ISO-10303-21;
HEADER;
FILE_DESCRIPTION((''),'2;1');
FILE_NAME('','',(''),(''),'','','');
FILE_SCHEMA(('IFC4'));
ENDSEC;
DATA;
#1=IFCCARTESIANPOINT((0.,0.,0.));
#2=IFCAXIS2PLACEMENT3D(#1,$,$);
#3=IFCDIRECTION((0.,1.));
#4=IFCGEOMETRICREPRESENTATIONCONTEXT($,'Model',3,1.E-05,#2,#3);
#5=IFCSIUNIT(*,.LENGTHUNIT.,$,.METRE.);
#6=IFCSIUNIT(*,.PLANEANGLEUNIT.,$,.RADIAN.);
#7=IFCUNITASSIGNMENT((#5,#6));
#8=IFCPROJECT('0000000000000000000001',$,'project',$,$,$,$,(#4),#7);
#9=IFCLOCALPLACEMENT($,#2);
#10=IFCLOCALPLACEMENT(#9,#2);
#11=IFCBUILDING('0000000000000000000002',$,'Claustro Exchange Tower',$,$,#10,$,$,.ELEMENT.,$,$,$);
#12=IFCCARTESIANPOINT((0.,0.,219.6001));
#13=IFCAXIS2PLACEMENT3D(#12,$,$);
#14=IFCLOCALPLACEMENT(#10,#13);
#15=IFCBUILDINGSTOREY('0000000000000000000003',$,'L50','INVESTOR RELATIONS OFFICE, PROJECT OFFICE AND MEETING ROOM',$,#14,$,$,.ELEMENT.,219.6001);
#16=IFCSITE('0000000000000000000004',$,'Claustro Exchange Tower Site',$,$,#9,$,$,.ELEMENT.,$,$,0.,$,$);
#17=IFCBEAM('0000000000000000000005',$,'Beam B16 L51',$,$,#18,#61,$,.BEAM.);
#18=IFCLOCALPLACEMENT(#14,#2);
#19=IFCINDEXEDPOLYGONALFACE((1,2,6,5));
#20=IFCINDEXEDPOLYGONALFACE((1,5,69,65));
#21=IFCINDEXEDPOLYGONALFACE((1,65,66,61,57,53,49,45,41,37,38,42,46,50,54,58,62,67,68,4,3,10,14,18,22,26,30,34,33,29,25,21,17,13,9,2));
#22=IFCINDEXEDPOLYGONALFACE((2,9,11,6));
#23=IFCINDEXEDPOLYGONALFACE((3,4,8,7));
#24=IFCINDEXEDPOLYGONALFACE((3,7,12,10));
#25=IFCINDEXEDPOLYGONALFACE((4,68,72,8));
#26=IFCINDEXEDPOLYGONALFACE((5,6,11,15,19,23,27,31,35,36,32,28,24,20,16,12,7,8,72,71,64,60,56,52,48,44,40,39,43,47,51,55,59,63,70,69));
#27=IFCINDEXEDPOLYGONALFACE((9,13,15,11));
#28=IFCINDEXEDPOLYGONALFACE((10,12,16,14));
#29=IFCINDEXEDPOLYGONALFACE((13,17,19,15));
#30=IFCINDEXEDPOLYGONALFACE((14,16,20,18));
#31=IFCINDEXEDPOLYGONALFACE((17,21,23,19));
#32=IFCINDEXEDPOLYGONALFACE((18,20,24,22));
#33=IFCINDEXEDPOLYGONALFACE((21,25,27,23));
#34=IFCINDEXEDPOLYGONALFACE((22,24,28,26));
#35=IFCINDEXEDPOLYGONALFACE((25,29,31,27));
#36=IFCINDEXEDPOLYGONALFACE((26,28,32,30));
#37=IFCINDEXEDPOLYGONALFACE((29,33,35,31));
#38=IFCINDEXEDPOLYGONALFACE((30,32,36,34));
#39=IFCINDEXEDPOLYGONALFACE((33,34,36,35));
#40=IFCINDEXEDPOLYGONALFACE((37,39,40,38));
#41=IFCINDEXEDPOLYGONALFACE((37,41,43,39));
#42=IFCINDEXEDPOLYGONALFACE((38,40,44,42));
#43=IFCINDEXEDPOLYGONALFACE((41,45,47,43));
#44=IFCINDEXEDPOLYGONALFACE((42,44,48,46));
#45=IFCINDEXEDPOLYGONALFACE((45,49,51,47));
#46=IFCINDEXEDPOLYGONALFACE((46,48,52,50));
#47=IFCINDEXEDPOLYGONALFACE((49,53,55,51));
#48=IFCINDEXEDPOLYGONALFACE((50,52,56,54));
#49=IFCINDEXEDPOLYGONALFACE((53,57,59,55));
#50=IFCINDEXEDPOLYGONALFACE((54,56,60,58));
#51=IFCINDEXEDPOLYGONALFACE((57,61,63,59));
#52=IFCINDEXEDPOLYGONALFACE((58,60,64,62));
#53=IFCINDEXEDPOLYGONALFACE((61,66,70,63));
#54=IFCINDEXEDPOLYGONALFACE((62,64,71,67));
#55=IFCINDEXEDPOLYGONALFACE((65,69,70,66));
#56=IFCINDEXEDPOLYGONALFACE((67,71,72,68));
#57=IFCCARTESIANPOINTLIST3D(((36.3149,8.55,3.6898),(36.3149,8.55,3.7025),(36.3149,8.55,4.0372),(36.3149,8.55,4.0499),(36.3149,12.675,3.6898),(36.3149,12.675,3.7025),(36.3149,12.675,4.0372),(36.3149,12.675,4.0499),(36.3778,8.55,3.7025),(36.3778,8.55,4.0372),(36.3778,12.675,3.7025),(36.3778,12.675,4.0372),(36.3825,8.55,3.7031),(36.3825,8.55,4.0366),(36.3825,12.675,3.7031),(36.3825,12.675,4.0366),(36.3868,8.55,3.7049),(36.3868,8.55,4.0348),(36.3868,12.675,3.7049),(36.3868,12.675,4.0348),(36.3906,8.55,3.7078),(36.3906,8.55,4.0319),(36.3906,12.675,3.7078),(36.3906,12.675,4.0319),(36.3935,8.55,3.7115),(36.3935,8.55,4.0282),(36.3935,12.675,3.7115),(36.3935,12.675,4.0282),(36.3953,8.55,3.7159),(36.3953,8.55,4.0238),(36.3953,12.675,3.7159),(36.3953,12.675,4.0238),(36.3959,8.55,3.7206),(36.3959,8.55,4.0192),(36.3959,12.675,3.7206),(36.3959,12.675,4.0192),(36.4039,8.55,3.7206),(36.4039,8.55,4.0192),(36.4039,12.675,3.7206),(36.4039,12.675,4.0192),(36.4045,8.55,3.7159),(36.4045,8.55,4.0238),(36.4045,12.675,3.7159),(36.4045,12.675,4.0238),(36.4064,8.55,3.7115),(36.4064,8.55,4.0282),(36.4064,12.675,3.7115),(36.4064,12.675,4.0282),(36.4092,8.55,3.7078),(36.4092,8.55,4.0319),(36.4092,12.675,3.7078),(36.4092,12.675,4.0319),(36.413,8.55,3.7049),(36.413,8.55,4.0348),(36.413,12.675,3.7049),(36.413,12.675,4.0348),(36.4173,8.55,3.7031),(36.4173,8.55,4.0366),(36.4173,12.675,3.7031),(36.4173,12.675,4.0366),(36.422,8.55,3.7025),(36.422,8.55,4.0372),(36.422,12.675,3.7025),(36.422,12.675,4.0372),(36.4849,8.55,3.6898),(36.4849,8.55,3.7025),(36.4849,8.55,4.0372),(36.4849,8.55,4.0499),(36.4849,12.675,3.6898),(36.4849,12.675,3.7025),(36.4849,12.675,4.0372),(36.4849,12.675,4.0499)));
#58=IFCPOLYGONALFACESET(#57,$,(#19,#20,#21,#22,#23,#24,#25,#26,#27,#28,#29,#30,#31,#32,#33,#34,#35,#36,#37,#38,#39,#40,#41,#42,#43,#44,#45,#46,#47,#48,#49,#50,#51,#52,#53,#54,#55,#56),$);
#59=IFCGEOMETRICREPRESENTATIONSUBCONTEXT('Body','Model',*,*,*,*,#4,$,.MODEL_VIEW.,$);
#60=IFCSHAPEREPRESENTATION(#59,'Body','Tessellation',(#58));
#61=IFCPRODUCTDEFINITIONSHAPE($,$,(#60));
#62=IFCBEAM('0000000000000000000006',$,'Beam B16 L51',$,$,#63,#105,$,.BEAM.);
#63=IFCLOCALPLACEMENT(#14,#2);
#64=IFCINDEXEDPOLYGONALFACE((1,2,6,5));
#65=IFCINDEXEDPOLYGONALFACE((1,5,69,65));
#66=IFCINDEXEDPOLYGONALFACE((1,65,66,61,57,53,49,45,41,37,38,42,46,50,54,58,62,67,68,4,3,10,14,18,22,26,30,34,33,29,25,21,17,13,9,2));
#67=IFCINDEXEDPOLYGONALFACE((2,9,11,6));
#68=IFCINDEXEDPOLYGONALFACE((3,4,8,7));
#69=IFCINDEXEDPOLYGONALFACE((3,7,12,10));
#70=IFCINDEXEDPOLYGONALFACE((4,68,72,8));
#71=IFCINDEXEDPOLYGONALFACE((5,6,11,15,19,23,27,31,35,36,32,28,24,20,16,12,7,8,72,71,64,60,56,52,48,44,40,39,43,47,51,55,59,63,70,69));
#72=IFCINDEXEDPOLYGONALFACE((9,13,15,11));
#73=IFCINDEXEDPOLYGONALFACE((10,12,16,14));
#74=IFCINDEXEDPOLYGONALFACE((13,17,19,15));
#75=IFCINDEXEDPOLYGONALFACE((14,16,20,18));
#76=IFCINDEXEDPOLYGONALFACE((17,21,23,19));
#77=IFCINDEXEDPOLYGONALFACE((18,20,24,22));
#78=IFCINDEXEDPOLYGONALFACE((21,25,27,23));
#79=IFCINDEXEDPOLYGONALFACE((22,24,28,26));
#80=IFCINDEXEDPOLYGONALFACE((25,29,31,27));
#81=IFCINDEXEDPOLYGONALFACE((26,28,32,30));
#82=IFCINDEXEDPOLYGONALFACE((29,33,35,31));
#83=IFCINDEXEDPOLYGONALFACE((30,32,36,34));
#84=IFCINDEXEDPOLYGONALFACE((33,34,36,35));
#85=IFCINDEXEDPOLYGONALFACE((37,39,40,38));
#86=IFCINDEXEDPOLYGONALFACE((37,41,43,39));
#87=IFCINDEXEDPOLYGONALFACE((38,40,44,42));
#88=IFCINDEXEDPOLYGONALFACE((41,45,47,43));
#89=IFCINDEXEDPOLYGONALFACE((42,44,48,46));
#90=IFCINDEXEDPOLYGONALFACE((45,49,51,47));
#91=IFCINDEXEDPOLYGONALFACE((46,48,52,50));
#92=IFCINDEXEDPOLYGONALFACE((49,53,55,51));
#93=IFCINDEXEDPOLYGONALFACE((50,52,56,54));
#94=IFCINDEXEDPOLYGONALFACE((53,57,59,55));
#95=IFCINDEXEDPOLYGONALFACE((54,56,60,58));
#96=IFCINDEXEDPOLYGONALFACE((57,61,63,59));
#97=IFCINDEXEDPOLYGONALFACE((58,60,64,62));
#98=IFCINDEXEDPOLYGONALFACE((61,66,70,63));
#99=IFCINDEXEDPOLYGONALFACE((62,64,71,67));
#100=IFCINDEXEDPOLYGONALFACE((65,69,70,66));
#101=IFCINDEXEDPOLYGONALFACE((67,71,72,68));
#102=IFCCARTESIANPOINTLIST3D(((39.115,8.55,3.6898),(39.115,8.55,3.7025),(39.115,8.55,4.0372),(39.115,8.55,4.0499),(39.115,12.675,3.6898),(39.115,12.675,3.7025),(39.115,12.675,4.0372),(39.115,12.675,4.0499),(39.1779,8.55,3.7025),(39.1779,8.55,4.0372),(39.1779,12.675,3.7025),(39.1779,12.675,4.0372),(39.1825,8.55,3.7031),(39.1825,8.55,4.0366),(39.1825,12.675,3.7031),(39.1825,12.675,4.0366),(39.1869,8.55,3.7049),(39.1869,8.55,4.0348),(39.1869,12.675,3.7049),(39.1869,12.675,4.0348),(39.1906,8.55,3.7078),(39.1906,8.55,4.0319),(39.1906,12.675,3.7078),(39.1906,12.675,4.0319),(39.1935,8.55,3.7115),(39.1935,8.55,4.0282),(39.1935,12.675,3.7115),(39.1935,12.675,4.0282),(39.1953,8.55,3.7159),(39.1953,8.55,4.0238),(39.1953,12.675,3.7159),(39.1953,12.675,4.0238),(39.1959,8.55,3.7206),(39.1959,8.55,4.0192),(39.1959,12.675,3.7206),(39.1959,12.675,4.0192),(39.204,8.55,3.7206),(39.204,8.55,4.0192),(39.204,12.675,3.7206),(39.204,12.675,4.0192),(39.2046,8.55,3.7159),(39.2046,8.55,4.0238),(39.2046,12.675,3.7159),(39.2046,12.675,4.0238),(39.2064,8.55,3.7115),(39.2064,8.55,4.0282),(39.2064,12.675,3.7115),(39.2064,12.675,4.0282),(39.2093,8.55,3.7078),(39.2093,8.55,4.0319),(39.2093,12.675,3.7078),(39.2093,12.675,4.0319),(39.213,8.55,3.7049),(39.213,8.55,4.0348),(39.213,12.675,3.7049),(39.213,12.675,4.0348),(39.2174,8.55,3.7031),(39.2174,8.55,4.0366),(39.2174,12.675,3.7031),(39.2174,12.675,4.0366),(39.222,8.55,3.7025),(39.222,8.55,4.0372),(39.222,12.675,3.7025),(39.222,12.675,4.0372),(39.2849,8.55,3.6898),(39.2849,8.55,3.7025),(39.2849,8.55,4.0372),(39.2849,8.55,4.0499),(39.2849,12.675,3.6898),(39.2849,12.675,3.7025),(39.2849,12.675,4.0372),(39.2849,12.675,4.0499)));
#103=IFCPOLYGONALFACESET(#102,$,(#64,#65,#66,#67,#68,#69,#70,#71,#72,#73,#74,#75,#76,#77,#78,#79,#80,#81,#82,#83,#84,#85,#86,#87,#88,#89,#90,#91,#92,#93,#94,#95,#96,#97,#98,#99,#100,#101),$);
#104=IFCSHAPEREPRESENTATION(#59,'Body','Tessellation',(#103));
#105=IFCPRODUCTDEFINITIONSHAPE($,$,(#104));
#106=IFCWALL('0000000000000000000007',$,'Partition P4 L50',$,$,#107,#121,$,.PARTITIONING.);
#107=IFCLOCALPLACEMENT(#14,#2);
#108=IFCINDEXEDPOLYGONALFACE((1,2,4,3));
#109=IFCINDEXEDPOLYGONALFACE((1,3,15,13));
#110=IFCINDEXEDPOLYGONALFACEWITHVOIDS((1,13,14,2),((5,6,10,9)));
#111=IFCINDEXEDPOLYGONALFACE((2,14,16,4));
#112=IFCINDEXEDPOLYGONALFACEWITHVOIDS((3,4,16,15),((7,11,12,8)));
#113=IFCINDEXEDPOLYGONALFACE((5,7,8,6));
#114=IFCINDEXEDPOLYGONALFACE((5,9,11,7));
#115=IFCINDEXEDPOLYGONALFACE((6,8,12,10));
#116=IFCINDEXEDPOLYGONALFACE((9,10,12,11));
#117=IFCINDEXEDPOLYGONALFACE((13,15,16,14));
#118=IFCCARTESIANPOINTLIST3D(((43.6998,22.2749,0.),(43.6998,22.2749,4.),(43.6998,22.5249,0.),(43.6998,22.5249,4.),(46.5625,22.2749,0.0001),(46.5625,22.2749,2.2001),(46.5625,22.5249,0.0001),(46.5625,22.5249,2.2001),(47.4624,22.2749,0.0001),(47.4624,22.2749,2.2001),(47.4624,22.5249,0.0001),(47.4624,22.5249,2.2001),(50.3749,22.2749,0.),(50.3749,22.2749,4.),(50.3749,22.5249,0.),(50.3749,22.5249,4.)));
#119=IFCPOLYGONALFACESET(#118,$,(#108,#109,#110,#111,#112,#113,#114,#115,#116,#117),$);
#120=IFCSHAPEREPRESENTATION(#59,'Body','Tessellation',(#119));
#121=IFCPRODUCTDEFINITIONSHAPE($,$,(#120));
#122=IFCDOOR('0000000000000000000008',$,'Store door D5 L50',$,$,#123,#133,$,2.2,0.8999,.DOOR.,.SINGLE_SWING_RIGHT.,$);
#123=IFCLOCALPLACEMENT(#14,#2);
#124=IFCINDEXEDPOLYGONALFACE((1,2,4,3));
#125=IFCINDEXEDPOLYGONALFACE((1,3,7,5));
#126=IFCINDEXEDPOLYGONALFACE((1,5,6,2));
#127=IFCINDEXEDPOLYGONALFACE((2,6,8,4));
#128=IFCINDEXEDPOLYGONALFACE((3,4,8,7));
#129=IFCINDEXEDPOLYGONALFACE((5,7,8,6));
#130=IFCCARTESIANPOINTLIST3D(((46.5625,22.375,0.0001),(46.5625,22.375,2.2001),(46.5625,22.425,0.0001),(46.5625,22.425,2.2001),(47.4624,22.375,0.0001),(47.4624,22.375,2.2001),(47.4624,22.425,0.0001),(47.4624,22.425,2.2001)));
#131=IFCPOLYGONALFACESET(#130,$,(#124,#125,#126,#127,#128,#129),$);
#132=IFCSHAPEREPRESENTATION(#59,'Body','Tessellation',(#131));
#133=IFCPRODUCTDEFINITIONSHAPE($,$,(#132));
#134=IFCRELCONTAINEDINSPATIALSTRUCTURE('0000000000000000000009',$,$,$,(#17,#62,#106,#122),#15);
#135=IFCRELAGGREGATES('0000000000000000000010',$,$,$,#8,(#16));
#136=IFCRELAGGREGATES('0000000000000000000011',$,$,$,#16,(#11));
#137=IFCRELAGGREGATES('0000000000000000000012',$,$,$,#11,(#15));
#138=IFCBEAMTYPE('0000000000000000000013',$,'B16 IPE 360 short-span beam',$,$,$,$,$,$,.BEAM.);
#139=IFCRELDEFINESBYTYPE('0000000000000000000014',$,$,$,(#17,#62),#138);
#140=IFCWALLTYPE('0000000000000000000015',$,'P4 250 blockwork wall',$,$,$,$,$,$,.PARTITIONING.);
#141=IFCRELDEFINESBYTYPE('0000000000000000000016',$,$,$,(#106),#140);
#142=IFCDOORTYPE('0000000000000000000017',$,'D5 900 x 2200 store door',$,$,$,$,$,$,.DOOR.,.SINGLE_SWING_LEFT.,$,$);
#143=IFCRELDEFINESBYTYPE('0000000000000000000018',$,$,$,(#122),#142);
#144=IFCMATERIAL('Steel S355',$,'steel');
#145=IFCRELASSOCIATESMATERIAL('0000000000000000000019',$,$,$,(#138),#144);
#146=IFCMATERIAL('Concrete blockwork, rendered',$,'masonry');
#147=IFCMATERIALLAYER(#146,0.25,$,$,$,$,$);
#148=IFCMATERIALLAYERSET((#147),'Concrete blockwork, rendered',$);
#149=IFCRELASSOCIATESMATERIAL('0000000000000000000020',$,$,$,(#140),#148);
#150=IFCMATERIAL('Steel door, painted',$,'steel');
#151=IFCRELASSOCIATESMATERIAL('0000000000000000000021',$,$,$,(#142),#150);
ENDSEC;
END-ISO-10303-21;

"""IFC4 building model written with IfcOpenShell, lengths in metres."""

from ifc_helpers import new_model, si_unit, direction, frame, frame_2d, origin, origin_2d, place, context, subcontext, project, spatial, rectangle, i_section, extrude, material, layer, layer_set, material_profile, profile_set, type_object, element, fill, save


model = new_model("IFC4")

# Units and contexts
model_context = context("Model", 3, precision=1e-05, world=origin(), true_north=direction((0.0, 1.0)))
body_context = subcontext(model_context, "Body", "Model", "MODEL_VIEW")
ifc_project = project(units=[si_unit("LENGTHUNIT", "METRE"), si_unit("PLANEANGLEUNIT", "RADIAN")], contexts=[model_context])

# Site, building, storey
site_placement = place(None, origin())
site = spatial("IfcSite", under=ifc_project, at=site_placement, Name="Claustro Exchange Tower Site", CompositionType="ELEMENT", RefElevation=0.0)
building_placement = place(site_placement, origin())
building = spatial("IfcBuilding", under=site, at=building_placement, Name="Claustro Exchange Tower", CompositionType="ELEMENT")
storey_placement = place(building_placement, frame((0.0, 0.0, 219.6001)))
storey = spatial("IfcBuildingStorey", under=building, at=storey_placement, Name="L50", Description="INVESTOR RELATIONS OFFICE, PROJECT OFFICE AND MEETING ROOM", CompositionType="ELEMENT", Elevation=219.6001)

# Beams
ifc_material_1 = material(Name="Steel S355", Category="steel")
ifc_material_profile = material_profile(ifc_material_1, i_section(OverallWidth=0.1699, OverallDepth=0.3601, WebThickness=0.0081, FlangeThickness=0.0127, FilletRadius=0.0181, at=origin_2d()), Name="IPE 360")
ifc_profile_set = profile_set([ifc_material_profile], Name="Steel S355")
beam_type = type_object("IfcBeamType", Name="B16 IPE 360 short-span beam", PredefinedType="BEAM", material=ifc_profile_set)
for number, where, z_axis, x_axis, name in (
    (1, (36.3999, 8.55, 3.8699), (0.0, 1.0, 0.0), (-1.0, 0.0, 0.0), "Beam B16 L51"),
    (2, (39.2, 8.55, 3.8699), (0.0, 1.0, 0.0), (-1.0, 0.0, 0.0), "Beam B16 L51"),
):
    element("IfcBeam", number, at=place(storey_placement, frame(where, z_axis=z_axis, x_axis=x_axis)), inside=storey, type_object=beam_type, Name=name, PredefinedType="BEAM", context=body_context, shape_type="SweptSolid", body=[
        extrude(i_section(OverallWidth=0.1699, OverallDepth=0.3601, WebThickness=0.0081, FlangeThickness=0.0127, FilletRadius=0.0181, at=origin_2d()), origin(), (0.0, 0.0, 1.0), 4.125),
    ])

# Wall, opening, door
ifc_material_2 = material(Name="Concrete blockwork, rendered", Category="masonry")
ifc_layer_1 = layer(ifc_material_2, 0.25)
ifc_layer_set_1 = layer_set([ifc_layer_1], Name="Concrete blockwork, rendered")
wall_type_1 = type_object("IfcWallType", Name="P4 250 blockwork wall", PredefinedType="PARTITIONING", material=ifc_layer_set_1)
wall_1_placement = place(storey_placement, frame((43.7, 22.3999, 0.0), z_axis=(0.0, 0.0, 1.0), x_axis=(1.0, 0.0, 0.0)))
wall_1 = element("IfcWall", 3, at=wall_1_placement, inside=storey, type_object=wall_type_1, Name="Partition P4 L50", PredefinedType="PARTITIONING", context=body_context, shape_type="SweptSolid", body=[
    extrude(rectangle(XDim=6.675, YDim=0.25, at=frame_2d((3.3374, 0.0))), origin(), (0.0, 0.0, 1.0), 4.0),
])
opening_1_placement = place(wall_1_placement, frame((2.8625, 0.0, 0.0)))
opening_1 = element("IfcOpeningElement", 4, at=opening_1_placement, cuts=wall_1, PredefinedType="OPENING", context=body_context, shape_type="SweptSolid", body=[
    extrude(rectangle(XDim=0.8999, YDim=2.2, at=frame_2d((0.45, 1.1001))), frame((0.0, 0.135, 0.0), z_axis=(0.0, -1.0, 0.0), x_axis=(1.0, 0.0, 0.0)), (0.0, 0.0, 1.0), 0.27),
])
ifc_material_3 = material(Name="Steel door, painted", Category="steel")
door_type_1 = type_object("IfcDoorType", Name="D5 900 x 2200 store door", OperationType="SINGLE_SWING_LEFT", PredefinedType="DOOR", material=ifc_material_3)
door_1_placement = place(opening_1_placement, frame((0.8999, 0.0, 0.0), z_axis=(0.0, 0.0, 1.0), x_axis=(-1.0, 0.0, 0.0)))
door_1 = element("IfcDoor", 5, at=door_1_placement, inside=storey, type_object=door_type_1, Name="Store door D5 L50", OperationType="SINGLE_SWING_RIGHT", OverallHeight=2.2, OverallWidth=0.8999, PredefinedType="DOOR", context=body_context, shape_type="SweptSolid", body=[
    extrude(rectangle(XDim=0.8999, YDim=2.2, at=frame_2d((0.45, 1.1001))), frame((0.0, 0.0249, 0.0), z_axis=(0.0, -1.0, 0.0), x_axis=(1.0, 0.0, 0.0)), (0.0, 0.0, 1.0), 0.05),
])
fill(opening_1, door_1)

save(model, "model.ifc")
